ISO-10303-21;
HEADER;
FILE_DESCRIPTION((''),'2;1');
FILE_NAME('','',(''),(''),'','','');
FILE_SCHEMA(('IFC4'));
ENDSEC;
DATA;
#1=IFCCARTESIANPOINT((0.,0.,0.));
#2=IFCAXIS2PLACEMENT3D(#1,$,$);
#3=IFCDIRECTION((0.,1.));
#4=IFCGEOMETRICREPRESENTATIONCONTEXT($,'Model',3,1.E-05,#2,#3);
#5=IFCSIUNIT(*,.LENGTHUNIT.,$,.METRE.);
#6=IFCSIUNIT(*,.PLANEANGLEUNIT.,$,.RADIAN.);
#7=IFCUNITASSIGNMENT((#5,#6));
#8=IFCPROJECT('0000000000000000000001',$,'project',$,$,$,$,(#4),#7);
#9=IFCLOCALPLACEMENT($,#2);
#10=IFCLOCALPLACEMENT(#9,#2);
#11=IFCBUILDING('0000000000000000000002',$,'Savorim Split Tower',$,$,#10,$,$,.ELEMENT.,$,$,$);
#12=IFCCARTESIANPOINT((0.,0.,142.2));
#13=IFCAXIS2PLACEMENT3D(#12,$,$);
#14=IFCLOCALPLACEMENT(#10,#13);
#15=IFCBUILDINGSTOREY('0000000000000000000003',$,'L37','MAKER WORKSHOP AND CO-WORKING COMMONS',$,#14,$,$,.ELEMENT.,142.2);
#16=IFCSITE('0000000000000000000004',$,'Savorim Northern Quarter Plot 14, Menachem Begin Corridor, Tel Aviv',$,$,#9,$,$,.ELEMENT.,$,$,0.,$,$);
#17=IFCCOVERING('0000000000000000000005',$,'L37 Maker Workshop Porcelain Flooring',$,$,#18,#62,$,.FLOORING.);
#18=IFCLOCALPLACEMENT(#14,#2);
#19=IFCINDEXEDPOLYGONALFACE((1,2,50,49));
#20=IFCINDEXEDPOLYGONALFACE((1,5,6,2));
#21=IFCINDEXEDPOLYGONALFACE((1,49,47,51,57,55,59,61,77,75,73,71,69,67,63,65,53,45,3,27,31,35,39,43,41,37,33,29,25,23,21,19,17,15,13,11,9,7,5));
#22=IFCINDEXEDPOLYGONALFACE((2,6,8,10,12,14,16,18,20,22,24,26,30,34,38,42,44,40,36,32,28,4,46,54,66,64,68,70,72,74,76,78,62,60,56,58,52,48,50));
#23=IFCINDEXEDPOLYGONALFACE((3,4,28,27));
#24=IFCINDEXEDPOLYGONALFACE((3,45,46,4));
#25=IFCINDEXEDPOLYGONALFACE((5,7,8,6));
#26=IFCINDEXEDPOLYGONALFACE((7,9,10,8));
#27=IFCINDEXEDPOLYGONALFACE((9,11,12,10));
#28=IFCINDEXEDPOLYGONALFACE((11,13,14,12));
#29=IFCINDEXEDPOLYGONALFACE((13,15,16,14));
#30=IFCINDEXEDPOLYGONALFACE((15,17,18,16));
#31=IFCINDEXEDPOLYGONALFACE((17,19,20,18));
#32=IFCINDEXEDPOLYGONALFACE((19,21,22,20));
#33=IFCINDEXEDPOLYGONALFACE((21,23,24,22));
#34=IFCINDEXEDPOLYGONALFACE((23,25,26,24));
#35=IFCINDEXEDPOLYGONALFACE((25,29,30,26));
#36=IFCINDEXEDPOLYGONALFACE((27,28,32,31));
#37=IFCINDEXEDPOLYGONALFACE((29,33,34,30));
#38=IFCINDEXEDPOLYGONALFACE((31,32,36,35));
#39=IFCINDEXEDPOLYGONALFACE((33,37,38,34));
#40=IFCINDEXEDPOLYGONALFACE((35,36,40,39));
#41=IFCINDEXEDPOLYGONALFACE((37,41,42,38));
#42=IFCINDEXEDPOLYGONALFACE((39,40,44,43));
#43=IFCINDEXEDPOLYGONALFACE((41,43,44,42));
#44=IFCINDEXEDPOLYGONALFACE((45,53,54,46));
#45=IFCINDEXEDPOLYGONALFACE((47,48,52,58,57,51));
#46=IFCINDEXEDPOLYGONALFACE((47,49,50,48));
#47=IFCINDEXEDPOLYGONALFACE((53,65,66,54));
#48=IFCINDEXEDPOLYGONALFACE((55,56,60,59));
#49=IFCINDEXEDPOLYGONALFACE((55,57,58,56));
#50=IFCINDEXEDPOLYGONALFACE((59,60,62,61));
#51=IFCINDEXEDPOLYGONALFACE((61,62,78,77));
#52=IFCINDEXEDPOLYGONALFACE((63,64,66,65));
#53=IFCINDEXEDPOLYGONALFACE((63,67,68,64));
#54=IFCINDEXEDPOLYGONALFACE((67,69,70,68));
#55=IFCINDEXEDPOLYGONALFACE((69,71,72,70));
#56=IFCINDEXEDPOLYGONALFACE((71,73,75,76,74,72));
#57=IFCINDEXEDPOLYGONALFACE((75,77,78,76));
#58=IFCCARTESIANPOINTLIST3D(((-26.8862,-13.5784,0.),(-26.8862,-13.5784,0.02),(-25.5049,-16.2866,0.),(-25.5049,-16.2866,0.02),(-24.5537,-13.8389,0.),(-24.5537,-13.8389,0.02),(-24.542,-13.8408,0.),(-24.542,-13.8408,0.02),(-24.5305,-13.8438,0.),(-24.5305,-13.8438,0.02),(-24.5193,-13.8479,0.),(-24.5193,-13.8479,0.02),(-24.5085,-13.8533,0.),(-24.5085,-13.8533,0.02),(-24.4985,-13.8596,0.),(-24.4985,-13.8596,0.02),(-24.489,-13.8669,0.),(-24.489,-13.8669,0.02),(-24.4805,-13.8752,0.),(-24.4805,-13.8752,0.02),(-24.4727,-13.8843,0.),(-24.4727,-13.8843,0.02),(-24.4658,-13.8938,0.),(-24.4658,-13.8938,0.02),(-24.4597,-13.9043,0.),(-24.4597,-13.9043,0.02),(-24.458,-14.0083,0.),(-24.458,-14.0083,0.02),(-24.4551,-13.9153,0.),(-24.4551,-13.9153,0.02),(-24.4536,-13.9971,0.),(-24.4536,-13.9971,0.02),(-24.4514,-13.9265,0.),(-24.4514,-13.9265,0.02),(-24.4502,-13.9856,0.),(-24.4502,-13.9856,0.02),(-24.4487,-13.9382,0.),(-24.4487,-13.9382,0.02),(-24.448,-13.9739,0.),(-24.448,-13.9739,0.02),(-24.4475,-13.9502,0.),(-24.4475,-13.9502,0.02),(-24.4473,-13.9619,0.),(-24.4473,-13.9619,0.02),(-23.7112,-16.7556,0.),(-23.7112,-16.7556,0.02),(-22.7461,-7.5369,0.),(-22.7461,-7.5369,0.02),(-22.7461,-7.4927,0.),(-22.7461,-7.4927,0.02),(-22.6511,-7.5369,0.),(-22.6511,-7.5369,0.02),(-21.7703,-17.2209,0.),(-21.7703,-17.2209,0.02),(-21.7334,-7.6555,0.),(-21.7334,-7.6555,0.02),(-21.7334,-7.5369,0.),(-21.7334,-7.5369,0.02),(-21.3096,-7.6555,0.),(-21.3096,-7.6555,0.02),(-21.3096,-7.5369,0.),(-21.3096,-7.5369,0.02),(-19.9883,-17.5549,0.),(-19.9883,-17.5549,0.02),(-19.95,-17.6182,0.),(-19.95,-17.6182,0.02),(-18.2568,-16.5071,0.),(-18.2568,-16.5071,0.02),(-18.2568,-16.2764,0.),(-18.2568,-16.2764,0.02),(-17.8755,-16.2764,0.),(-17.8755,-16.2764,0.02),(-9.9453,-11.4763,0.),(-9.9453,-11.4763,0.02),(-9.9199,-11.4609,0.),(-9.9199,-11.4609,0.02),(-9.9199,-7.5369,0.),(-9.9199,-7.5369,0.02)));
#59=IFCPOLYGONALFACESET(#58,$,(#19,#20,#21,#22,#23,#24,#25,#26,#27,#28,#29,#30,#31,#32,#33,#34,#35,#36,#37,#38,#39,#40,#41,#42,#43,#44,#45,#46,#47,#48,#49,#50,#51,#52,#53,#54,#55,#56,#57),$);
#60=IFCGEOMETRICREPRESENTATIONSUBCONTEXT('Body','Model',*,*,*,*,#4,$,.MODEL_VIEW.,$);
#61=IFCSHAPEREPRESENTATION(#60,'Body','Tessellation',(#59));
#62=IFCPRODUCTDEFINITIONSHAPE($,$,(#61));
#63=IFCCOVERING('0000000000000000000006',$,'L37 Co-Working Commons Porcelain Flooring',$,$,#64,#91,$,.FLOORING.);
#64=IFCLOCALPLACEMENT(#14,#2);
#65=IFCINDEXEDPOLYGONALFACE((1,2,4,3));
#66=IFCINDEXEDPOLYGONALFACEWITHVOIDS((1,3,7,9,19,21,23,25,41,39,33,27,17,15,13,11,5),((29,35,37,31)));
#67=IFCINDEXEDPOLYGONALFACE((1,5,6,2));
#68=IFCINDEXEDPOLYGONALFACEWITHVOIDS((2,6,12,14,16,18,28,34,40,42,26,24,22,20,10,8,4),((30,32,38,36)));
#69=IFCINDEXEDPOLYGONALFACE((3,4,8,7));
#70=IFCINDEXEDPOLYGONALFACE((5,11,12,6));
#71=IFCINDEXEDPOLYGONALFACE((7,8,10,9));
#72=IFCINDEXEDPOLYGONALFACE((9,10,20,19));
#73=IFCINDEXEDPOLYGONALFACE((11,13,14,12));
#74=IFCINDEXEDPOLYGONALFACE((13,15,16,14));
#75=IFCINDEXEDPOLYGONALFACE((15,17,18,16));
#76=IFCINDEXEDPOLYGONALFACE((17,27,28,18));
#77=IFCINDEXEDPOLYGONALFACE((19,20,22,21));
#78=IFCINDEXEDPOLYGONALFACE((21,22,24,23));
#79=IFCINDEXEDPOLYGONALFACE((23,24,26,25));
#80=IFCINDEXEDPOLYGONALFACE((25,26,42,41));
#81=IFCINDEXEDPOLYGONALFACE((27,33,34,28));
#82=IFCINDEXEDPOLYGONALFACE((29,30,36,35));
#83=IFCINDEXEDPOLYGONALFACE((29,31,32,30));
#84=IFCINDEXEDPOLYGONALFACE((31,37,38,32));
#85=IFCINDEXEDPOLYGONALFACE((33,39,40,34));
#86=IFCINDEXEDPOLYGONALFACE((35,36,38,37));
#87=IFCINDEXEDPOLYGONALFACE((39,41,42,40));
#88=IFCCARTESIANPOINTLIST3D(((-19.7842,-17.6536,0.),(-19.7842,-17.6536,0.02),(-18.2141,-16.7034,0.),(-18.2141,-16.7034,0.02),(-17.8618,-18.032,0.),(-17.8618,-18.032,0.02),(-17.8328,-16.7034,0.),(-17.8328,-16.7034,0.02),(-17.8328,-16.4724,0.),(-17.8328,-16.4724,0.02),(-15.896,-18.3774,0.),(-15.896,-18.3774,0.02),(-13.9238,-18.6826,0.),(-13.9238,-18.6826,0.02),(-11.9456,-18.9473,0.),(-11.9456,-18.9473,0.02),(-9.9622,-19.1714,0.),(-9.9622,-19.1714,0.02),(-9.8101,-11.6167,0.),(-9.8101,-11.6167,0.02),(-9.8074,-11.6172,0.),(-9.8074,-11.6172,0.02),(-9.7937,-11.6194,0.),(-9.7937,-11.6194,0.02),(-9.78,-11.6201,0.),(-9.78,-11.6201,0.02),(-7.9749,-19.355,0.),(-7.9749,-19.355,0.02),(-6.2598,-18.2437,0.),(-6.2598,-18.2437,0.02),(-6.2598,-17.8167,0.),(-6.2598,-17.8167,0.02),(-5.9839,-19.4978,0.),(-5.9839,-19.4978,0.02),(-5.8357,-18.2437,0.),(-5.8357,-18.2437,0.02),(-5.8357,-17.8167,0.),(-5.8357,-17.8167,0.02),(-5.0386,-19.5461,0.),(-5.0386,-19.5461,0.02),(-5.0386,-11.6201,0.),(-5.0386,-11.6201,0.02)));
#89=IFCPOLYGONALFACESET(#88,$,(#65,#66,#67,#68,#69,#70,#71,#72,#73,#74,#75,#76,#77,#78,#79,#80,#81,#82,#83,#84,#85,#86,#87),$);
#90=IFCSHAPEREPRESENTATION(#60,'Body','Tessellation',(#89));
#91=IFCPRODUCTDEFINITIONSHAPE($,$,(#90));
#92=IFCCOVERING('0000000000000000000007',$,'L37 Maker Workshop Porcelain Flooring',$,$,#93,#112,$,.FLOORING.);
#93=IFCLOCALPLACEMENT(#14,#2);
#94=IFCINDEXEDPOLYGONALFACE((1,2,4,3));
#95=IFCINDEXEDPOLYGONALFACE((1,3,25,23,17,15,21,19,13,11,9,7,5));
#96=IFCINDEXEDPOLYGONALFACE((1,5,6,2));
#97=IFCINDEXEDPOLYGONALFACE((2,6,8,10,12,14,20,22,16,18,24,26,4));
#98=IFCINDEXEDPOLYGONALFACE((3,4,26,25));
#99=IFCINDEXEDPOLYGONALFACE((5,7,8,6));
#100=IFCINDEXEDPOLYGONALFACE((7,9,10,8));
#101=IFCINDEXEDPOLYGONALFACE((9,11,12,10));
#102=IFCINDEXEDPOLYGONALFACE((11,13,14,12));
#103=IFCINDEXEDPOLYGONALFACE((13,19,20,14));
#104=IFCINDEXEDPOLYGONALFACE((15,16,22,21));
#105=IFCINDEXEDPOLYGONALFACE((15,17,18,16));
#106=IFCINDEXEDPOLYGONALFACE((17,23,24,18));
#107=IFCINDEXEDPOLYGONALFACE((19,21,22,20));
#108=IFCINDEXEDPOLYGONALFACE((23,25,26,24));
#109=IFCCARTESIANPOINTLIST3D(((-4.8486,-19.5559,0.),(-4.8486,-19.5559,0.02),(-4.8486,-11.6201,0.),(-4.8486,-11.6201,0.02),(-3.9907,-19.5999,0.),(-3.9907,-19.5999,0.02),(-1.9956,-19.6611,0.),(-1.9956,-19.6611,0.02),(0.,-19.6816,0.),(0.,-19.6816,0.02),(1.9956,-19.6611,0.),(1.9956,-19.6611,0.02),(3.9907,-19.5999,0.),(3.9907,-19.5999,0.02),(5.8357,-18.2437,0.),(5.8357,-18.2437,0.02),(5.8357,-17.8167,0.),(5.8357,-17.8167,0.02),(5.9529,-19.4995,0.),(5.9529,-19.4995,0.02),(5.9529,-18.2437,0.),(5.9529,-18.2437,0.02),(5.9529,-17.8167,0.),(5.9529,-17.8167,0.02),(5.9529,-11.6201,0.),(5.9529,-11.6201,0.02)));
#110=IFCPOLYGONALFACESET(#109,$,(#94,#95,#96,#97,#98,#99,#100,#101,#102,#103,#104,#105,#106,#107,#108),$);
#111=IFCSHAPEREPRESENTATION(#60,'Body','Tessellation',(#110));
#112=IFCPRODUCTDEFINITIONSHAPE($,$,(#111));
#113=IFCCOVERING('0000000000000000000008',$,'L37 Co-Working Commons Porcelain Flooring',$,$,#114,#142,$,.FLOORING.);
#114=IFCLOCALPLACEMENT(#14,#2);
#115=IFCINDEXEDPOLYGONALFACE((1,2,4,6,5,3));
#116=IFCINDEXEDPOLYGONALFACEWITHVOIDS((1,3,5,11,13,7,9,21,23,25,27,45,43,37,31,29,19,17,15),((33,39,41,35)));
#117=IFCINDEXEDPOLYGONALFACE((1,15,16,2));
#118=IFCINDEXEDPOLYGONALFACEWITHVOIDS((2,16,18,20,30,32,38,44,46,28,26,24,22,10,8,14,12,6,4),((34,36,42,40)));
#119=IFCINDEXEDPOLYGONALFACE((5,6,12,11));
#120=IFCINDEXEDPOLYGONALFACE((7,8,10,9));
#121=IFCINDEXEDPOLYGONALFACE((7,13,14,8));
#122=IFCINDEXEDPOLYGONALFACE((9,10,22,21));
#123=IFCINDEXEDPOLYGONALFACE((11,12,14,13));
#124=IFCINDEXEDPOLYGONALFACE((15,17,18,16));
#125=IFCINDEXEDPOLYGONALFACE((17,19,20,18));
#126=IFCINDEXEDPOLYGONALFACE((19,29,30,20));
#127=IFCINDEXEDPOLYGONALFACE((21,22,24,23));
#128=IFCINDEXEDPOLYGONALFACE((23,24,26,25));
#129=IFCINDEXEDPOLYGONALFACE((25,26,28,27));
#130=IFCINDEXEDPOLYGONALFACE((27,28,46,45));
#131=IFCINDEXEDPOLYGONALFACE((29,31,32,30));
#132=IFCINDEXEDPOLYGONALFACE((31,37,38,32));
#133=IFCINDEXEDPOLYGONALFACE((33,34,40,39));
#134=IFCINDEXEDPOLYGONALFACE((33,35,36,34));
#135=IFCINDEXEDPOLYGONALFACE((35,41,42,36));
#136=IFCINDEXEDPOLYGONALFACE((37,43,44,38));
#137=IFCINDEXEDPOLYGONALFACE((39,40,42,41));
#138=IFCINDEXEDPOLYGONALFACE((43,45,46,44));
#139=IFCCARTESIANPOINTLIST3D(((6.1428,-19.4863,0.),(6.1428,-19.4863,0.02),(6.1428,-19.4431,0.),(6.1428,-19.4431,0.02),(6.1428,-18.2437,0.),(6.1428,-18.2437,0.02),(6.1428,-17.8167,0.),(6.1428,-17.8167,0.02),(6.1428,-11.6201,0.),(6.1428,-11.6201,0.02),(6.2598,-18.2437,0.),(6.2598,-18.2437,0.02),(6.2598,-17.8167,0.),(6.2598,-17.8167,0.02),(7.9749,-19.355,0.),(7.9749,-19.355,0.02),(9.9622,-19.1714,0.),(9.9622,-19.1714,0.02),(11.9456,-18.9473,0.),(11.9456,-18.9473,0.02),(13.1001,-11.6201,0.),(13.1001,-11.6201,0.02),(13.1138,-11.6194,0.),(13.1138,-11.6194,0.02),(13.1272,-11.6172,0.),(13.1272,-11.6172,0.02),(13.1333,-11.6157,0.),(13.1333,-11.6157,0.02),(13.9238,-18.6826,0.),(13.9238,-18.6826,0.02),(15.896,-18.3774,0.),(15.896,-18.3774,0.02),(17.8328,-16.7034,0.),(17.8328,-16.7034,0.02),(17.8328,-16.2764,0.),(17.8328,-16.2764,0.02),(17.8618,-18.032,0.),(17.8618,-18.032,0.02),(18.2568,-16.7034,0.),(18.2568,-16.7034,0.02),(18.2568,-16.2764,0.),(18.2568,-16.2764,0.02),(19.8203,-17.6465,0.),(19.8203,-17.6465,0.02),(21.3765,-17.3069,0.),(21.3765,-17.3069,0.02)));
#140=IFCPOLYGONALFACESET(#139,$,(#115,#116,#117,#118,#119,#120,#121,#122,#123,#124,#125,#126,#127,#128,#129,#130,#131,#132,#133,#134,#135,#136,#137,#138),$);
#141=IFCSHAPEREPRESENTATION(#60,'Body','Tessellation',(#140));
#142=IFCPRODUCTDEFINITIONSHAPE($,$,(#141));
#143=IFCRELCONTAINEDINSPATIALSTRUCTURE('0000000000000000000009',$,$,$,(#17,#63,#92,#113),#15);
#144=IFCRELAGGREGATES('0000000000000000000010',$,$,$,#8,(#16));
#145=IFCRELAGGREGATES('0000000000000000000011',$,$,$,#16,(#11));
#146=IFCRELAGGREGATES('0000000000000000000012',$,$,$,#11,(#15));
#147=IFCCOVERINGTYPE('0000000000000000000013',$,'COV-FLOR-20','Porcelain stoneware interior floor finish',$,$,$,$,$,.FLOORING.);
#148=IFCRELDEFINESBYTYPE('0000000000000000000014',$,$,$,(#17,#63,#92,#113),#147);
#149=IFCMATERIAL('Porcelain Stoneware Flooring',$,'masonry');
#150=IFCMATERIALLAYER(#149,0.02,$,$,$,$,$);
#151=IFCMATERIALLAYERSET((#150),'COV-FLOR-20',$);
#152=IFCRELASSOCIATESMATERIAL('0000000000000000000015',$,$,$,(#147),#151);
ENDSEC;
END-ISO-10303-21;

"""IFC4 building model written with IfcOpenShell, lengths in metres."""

from ifc_helpers import new_model, si_unit, direction, frame, origin, place, context, subcontext, project, spatial, polyline, outline, extrude, material, layer, layer_set, type_object, element, save


model = new_model("IFC4")

# Units and contexts
model_context = context("Model", 3, precision=1e-05, world=origin(), true_north=direction((0.0, 1.0)))
body_context = subcontext(model_context, "Body", "Model", "MODEL_VIEW")
ifc_project = project(units=[si_unit("LENGTHUNIT", "METRE"), si_unit("PLANEANGLEUNIT", "RADIAN")], contexts=[model_context])

# Site, building, storey
site_placement = place(None, origin())
site = spatial("IfcSite", under=ifc_project, at=site_placement, Name="Savorim Northern Quarter Plot 14, Menachem Begin Corridor, Tel Aviv", CompositionType="ELEMENT", RefElevation=0.0)
building_placement = place(site_placement, origin())
building = spatial("IfcBuilding", under=site, at=building_placement, Name="Savorim Split Tower", CompositionType="ELEMENT")
storey_placement = place(building_placement, frame((0.0, 0.0, 142.2)))
storey = spatial("IfcBuildingStorey", under=building, at=storey_placement, Name="L37", Description="MAKER WORKSHOP AND CO-WORKING COMMONS", CompositionType="ELEMENT", Elevation=142.2)

# Coverings
ifc_material_1 = material(Name="Porcelain Stoneware Flooring", Category="masonry")
ifc_layer_1 = layer(ifc_material_1, 0.02)
ifc_layer_set_1 = layer_set([ifc_layer_1], Name="COV-FLOR-20")
covering_type_1 = type_object("IfcCoveringType", Name="COV-FLOR-20", Description="Porcelain stoneware interior floor finish", PredefinedType="FLOORING", material=ifc_layer_set_1)
covering_1_placement = place(storey_placement, origin())
element("IfcCovering", 1, at=covering_1_placement, inside=storey, type_object=covering_type_1, Name="L37 Maker Workshop Porcelain Flooring", PredefinedType="FLOORING", context=body_context, shape_type="SweptSolid", body=[
    extrude(outline(polyline([(-24.4473, -13.9619), (-24.448, -13.9739), (-24.4502, -13.9856), (-24.4536, -13.9971), (-24.458, -14.0083), (-25.5049, -16.2866), (-23.7112, -16.7556), (-21.7703, -17.2209), (-19.95, -17.6182), (-19.9883, -17.5549), (-18.2568, -16.5071), (-18.2568, -16.2764), (-17.8755, -16.2764), (-9.9453, -11.4763), (-9.9199, -11.4609), (-9.9199, -7.5369), (-21.3096, -7.5369), (-21.3096, -7.6555), (-21.7334, -7.6555), (-21.7334, -7.5369), (-22.6511, -7.5369), (-22.7461, -7.5369), (-22.7461, -7.4927), (-26.8862, -13.5784), (-24.5537, -13.8389), (-24.542, -13.8408), (-24.5305, -13.8438), (-24.5193, -13.8479), (-24.5085, -13.8533), (-24.4985, -13.8596), (-24.489, -13.8669), (-24.4805, -13.8752), (-24.4727, -13.8843), (-24.4658, -13.8938), (-24.4597, -13.9043), (-24.4551, -13.9153), (-24.4514, -13.9265), (-24.4487, -13.9382), (-24.4475, -13.9502), (-24.4473, -13.9619)])), origin(), (0.0, 0.0, 1.0), 0.02),
])
covering_2_placement = place(storey_placement, origin())
element("IfcCovering", 2, at=covering_2_placement, inside=storey, type_object=covering_type_1, Name="L37 Co-Working Commons Porcelain Flooring", PredefinedType="FLOORING", context=body_context, shape_type="SweptSolid", body=[
    extrude(outline(polyline([(-9.9622, -19.1714), (-7.9749, -19.355), (-5.9839, -19.4978), (-5.0386, -19.5461), (-5.0386, -11.6201), (-9.78, -11.6201), (-9.7937, -11.6194), (-9.8074, -11.6172), (-9.8101, -11.6167), (-17.8328, -16.4724), (-17.8328, -16.7034), (-18.2141, -16.7034), (-19.7842, -17.6536), (-17.8618, -18.032), (-15.896, -18.3774), (-13.9238, -18.6826), (-11.9456, -18.9473), (-9.9622, -19.1714)]), holes=[polyline([(-6.2598, -18.2437), (-5.8357, -18.2437), (-5.8357, -17.8167), (-6.2598, -17.8167), (-6.2598, -18.2437)])]), origin(), (0.0, 0.0, 1.0), 0.02),
])
covering_3_placement = place(storey_placement, origin())
element("IfcCovering", 3, at=covering_3_placement, inside=storey, type_object=covering_type_1, Name="L37 Maker Workshop Porcelain Flooring", PredefinedType="FLOORING", context=body_context, shape_type="SweptSolid", body=[
    extrude(outline(polyline([(-1.9956, -19.6611), (0.0, -19.6816), (1.9956, -19.6611), (3.9907, -19.5999), (5.9529, -19.4995), (5.9529, -18.2437), (5.8357, -18.2437), (5.8357, -17.8167), (5.9529, -17.8167), (5.9529, -11.6201), (-4.8486, -11.6201), (-4.8486, -19.5559), (-3.9907, -19.5999), (-1.9956, -19.6611)])), origin(), (0.0, 0.0, 1.0), 0.02),
])
covering_4_placement = place(storey_placement, origin())
element("IfcCovering", 4, at=covering_4_placement, inside=storey, type_object=covering_type_1, Name="L37 Co-Working Commons Porcelain Flooring", PredefinedType="FLOORING", context=body_context, shape_type="SweptSolid", body=[
    extrude(outline(polyline([(15.896, -18.3774), (17.8618, -18.032), (19.8203, -17.6465), (21.3765, -17.3069), (13.1333, -11.6157), (13.1272, -11.6172), (13.1138, -11.6194), (13.1001, -11.6201), (6.1428, -11.6201), (6.1428, -17.8167), (6.2598, -17.8167), (6.2598, -18.2437), (6.1428, -18.2437), (6.1428, -19.4431), (6.1428, -19.4863), (7.9749, -19.355), (9.9622, -19.1714), (11.9456, -18.9473), (13.9238, -18.6826), (15.896, -18.3774)]), holes=[polyline([(18.2568, -16.7034), (18.2568, -16.2764), (17.8328, -16.2764), (17.8328, -16.7034), (18.2568, -16.7034)])]), origin(), (0.0, 0.0, 1.0), 0.02),
])

save(model, "model.ifc")
